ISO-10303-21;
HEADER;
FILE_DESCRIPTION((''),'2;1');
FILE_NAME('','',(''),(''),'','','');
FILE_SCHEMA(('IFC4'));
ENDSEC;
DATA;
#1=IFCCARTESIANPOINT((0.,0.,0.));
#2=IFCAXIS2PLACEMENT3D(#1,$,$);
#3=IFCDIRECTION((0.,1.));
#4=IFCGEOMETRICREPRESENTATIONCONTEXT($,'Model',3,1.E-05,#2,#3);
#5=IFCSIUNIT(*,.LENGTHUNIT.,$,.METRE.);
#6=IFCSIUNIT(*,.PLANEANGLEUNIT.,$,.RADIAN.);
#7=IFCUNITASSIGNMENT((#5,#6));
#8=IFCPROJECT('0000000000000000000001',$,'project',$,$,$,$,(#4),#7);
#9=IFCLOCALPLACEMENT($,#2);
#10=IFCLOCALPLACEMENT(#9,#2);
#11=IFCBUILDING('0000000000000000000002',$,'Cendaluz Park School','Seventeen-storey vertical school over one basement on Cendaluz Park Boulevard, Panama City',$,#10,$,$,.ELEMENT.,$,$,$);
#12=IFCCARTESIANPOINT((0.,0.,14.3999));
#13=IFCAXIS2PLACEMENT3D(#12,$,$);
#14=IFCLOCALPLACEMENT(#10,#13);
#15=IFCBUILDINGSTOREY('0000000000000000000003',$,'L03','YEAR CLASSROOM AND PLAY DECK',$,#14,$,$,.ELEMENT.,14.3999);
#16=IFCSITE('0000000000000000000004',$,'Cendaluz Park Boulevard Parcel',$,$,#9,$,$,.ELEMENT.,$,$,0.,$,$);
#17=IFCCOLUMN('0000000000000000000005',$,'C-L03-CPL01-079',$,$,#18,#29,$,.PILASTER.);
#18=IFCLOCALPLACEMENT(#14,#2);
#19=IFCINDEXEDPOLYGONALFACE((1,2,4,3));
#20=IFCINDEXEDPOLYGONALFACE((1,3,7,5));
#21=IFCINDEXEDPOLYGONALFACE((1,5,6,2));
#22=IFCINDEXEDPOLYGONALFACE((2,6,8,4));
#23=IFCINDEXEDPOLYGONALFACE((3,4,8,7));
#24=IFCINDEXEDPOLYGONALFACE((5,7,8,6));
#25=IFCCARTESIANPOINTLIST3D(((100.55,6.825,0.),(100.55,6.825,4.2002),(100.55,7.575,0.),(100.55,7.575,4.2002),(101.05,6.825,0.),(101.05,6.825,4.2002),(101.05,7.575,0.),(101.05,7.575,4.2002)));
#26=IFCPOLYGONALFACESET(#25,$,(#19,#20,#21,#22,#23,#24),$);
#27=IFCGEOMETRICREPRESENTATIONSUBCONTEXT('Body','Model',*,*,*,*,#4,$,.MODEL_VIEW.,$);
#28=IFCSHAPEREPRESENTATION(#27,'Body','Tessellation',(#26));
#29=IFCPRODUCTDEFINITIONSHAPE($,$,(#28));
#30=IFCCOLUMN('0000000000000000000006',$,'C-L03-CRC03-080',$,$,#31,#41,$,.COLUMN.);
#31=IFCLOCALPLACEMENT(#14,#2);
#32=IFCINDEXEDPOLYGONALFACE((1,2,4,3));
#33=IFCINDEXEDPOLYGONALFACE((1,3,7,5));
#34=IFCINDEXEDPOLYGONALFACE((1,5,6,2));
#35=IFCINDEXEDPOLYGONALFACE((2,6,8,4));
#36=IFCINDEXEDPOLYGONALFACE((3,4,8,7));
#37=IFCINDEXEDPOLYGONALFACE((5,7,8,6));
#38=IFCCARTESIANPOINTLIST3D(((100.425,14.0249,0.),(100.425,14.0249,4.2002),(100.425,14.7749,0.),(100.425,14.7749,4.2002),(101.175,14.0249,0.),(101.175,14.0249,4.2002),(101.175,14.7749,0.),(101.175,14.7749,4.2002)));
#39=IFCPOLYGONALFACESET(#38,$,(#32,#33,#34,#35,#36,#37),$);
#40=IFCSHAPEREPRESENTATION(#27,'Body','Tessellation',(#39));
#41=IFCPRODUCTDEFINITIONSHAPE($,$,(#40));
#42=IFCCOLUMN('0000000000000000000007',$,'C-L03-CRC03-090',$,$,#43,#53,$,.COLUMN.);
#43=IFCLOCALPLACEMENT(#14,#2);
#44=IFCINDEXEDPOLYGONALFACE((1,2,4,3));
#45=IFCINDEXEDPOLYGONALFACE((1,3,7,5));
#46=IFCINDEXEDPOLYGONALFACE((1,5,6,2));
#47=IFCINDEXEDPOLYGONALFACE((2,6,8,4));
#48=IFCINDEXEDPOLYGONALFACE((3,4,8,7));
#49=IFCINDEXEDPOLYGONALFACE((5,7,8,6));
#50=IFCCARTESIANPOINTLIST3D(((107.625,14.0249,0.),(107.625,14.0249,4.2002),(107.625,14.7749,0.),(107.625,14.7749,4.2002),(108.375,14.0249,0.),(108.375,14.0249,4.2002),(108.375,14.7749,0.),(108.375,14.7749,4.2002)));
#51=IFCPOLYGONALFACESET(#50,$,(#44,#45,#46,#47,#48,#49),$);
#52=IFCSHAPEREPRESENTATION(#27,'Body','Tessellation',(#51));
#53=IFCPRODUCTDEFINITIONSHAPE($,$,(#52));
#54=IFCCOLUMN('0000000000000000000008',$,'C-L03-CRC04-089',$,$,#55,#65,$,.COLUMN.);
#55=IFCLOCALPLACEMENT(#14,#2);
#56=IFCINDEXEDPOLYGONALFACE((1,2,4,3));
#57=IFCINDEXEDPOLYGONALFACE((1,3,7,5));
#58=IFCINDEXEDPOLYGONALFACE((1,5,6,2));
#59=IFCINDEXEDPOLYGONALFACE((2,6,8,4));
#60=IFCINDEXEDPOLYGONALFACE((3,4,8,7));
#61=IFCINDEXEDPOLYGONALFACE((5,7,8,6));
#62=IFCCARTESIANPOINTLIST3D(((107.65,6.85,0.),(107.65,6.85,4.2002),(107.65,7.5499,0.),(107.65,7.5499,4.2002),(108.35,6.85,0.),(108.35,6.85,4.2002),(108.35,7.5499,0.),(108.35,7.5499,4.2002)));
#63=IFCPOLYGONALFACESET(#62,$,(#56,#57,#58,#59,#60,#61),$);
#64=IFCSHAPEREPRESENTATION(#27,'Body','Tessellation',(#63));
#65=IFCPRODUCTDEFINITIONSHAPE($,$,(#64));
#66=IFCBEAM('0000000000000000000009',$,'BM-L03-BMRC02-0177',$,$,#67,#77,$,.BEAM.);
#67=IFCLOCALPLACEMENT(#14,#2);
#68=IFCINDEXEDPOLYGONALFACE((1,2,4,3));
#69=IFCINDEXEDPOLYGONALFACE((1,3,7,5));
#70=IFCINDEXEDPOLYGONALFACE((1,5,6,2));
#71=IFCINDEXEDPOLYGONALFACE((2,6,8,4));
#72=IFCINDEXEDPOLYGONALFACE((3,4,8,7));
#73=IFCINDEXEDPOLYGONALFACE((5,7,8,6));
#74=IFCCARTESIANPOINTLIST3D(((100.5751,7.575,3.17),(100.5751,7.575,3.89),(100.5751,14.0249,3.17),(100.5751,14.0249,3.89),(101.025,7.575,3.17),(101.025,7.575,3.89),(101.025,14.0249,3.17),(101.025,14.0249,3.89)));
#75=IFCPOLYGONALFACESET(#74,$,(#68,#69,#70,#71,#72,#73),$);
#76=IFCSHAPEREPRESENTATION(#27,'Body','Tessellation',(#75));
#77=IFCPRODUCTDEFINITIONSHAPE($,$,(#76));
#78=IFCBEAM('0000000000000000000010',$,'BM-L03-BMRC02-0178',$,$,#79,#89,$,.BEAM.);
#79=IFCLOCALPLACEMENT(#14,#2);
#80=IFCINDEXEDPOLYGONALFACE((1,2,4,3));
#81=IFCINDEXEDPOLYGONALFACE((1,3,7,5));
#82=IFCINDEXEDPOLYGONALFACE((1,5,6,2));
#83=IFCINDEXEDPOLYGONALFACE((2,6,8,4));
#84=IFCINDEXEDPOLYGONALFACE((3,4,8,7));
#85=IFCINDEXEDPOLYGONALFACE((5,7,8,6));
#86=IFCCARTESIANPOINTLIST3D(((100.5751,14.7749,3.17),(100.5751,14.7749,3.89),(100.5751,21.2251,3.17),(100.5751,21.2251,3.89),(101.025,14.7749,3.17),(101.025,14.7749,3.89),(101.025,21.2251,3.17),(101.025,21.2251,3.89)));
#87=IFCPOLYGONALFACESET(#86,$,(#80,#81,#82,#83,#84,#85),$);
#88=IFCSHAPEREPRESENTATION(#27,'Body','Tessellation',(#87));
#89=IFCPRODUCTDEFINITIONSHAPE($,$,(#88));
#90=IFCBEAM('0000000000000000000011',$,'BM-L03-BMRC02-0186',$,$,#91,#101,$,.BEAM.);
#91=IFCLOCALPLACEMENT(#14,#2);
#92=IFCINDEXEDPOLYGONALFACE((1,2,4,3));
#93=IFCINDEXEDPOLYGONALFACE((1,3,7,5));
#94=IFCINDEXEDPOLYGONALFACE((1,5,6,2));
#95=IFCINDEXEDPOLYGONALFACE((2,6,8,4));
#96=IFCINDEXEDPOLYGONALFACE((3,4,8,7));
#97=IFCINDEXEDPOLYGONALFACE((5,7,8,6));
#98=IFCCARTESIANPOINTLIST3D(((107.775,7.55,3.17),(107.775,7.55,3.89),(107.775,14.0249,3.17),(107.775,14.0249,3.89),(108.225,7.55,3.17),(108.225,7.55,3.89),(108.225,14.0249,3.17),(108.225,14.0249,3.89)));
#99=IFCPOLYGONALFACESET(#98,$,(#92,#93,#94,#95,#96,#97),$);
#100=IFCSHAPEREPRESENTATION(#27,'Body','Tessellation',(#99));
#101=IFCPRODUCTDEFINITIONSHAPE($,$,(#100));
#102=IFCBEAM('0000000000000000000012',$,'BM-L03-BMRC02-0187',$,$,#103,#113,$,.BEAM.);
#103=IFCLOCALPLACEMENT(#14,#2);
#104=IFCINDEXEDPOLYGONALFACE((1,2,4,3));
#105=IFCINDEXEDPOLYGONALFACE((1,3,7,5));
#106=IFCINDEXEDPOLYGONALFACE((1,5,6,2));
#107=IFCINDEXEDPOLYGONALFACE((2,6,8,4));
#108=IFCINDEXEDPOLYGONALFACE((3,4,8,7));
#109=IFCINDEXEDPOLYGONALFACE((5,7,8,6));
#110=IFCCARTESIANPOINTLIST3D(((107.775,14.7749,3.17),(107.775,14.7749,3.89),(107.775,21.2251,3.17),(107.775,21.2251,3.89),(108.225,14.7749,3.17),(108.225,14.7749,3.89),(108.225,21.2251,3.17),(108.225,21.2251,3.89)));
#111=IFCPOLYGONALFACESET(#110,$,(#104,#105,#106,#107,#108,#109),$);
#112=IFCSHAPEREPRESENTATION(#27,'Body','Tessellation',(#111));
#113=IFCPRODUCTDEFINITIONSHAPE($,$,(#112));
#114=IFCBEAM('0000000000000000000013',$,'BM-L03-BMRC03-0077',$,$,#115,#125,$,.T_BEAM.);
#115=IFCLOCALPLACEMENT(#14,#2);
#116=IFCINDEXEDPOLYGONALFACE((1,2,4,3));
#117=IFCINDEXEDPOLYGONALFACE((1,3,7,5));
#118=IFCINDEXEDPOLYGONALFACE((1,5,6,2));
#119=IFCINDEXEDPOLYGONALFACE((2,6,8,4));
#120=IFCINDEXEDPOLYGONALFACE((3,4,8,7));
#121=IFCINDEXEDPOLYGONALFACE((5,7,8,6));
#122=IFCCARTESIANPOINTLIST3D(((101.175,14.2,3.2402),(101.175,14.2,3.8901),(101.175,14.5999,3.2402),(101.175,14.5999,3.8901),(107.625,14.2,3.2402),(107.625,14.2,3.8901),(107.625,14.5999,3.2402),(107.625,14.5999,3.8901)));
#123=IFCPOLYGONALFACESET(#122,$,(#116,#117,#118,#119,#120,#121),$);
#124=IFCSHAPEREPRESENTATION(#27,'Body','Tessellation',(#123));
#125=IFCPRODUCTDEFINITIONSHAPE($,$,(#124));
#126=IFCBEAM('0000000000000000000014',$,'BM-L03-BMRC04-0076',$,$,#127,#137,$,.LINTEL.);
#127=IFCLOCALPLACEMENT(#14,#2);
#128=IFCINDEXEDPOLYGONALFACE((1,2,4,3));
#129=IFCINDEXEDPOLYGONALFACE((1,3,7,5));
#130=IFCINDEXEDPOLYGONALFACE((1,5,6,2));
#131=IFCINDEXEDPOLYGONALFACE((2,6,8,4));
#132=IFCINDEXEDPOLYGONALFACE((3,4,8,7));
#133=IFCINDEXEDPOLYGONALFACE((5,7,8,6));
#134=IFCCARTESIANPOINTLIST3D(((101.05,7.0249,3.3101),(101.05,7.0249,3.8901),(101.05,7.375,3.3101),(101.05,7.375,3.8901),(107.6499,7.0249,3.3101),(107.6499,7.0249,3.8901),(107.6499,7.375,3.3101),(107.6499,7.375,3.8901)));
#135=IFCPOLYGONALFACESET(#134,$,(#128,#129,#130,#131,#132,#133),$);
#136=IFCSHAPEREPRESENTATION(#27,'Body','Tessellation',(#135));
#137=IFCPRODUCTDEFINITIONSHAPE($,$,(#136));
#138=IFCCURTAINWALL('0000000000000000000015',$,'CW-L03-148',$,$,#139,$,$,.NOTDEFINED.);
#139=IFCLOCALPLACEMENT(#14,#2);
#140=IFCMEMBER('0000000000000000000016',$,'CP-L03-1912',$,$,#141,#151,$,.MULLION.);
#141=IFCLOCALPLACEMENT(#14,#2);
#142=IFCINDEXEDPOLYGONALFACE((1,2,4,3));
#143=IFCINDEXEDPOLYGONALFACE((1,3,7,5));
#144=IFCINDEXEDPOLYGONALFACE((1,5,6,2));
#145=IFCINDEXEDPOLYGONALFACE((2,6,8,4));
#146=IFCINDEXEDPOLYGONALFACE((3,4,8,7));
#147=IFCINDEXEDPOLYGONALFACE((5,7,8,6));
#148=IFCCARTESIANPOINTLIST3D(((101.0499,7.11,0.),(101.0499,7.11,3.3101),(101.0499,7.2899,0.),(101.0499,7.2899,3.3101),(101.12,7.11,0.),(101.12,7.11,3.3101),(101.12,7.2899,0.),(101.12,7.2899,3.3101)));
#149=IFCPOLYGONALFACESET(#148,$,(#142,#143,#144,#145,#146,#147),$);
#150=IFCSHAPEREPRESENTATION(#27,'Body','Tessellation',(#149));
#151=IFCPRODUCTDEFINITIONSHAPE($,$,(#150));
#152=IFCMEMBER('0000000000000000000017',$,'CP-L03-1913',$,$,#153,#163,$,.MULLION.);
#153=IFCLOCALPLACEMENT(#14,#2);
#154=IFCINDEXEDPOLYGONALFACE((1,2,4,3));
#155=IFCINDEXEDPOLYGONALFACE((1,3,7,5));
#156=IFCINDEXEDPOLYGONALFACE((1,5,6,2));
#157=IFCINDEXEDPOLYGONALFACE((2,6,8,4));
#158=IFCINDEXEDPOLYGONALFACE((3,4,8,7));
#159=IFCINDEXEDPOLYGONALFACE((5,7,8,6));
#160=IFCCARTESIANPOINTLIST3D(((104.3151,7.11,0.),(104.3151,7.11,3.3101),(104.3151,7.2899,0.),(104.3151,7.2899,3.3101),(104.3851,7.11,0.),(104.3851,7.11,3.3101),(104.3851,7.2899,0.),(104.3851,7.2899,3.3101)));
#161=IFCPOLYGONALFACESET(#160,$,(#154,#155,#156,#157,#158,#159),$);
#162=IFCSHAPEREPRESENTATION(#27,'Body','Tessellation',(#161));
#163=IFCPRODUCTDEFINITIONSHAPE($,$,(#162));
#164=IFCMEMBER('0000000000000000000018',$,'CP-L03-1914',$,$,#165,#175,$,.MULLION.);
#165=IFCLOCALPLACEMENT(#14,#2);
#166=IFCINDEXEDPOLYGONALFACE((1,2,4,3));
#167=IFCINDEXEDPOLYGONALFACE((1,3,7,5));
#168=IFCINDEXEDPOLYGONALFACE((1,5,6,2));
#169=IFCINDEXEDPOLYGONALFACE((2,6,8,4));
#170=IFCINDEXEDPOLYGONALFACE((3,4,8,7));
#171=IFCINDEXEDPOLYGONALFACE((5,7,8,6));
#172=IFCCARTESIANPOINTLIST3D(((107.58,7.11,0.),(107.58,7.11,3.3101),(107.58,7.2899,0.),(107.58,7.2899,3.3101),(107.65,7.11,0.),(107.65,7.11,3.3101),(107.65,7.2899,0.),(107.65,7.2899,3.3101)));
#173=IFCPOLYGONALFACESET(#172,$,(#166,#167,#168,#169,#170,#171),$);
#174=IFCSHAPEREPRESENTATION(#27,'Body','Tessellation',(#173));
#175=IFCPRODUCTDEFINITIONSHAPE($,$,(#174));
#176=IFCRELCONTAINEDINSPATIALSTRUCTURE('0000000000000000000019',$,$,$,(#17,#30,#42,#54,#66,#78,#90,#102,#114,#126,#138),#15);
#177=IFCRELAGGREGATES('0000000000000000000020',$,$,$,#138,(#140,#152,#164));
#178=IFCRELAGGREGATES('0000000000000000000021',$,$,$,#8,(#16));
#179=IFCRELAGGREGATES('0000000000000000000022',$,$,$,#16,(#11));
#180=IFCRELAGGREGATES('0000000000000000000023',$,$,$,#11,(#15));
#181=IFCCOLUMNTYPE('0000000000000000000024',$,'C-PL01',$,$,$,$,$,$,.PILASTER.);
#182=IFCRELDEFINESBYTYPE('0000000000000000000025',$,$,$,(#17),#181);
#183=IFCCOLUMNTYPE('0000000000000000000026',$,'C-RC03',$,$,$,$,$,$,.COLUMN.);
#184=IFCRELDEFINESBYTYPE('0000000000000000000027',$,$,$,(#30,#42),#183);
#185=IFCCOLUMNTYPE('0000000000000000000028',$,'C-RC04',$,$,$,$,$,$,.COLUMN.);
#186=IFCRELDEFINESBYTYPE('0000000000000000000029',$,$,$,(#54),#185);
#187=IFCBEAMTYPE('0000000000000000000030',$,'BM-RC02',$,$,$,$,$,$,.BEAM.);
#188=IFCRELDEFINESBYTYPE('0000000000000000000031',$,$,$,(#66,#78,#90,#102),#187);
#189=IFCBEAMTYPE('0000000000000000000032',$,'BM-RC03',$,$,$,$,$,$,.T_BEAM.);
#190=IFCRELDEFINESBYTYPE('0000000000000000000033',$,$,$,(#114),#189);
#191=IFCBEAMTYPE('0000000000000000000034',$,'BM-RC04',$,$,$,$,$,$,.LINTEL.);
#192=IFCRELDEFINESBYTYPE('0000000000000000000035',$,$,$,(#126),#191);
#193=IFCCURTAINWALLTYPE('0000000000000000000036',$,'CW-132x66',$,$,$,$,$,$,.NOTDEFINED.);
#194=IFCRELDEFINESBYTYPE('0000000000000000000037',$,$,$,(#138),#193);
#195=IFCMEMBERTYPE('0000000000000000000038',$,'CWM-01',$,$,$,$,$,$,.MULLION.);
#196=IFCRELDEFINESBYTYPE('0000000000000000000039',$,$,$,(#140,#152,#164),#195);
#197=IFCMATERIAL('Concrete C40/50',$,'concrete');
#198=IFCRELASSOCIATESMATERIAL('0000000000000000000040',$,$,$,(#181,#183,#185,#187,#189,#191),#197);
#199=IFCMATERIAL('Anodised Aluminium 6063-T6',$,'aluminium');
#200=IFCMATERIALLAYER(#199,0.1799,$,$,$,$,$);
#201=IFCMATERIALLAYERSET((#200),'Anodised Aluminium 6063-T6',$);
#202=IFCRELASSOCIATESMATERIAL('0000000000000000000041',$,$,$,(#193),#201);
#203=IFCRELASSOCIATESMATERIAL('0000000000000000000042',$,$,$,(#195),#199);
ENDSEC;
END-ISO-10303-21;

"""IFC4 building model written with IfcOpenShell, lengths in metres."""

from ifc_helpers import new_model, si_unit, direction, frame, origin, origin_2d, place, context, subcontext, project, spatial, rectangle, extrude, material, layer, layer_set, material_profile, profile_set, type_object, element, aggregate, save


model = new_model("IFC4")

# Units and contexts
model_context = context("Model", 3, precision=1e-05, world=origin(), true_north=direction((0.0, 1.0)))
body_context = subcontext(model_context, "Body", "Model", "MODEL_VIEW")
ifc_project = project(units=[si_unit("LENGTHUNIT", "METRE"), si_unit("PLANEANGLEUNIT", "RADIAN")], contexts=[model_context])

# Site, building, storey
site_placement = place(None, origin())
site = spatial("IfcSite", under=ifc_project, at=site_placement, Name="Cendaluz Park Boulevard Parcel", CompositionType="ELEMENT", RefElevation=0.0)
building_placement = place(site_placement, origin())
building = spatial("IfcBuilding", under=site, at=building_placement, Name="Cendaluz Park School", Description="Seventeen-storey vertical school over one basement on Cendaluz Park Boulevard, Panama City", CompositionType="ELEMENT")
storey_placement = place(building_placement, frame((0.0, 0.0, 14.3999)))
storey = spatial("IfcBuildingStorey", under=building, at=storey_placement, Name="L03", Description="YEAR CLASSROOM AND PLAY DECK", CompositionType="ELEMENT", Elevation=14.3999)

# Columns
ifc_material_1 = material(Name="Concrete C40/50", Category="concrete")
ifc_material_profile_1 = material_profile(ifc_material_1, rectangle(XDim=0.5, YDim=0.75, at=origin_2d()), Name="RC 500x750", Category="concrete")
ifc_profile_set_1 = profile_set([ifc_material_profile_1], Name="Concrete C40/50")
column_type_1 = type_object("IfcColumnType", Name="C-PL01", PredefinedType="PILASTER", material=ifc_profile_set_1)
column_1_placement = place(storey_placement, frame((100.8, 7.2, 0.0), z_axis=(0.0, 0.0, 1.0), x_axis=(1.0, 0.0, 0.0)))
element("IfcColumn", 1, at=column_1_placement, inside=storey, type_object=column_type_1, Name="C-L03-CPL01-079", PredefinedType="PILASTER", context=body_context, shape_type="SweptSolid", body=[
    extrude(rectangle(XDim=0.5, YDim=0.75, at=origin_2d()), origin(), (0.0, 0.0, 1.0), 4.2002),
])
ifc_material_profile_2 = material_profile(ifc_material_1, rectangle(XDim=0.75, YDim=0.75, at=origin_2d()), Name="RC 750x750", Category="concrete")
ifc_profile_set_2 = profile_set([ifc_material_profile_2], Name="Concrete C40/50")
column_type_2 = type_object("IfcColumnType", Name="C-RC03", PredefinedType="COLUMN", material=ifc_profile_set_2)
for number, where, z_axis, x_axis, name in (
    (2, (100.8, 14.3999, 0.0), (0.0, 0.0, 1.0), (1.0, 0.0, 0.0), "C-L03-CRC03-080"),
    (3, (108.0, 14.3999, 0.0), (0.0, 0.0, 1.0), (1.0, 0.0, 0.0), "C-L03-CRC03-090"),
):
    element("IfcColumn", number, at=place(storey_placement, frame(where, z_axis=z_axis, x_axis=x_axis)), inside=storey, type_object=column_type_2, Name=name, PredefinedType="COLUMN", context=body_context, shape_type="SweptSolid", body=[
        extrude(rectangle(XDim=0.75, YDim=0.75, at=origin_2d()), origin(), (0.0, 0.0, 1.0), 4.2002),
    ])
ifc_material_profile_3 = material_profile(ifc_material_1, rectangle(XDim=0.7, YDim=0.7, at=origin_2d()), Name="RC 700x700", Category="concrete")
ifc_profile_set_3 = profile_set([ifc_material_profile_3], Name="Concrete C40/50")
column_type_3 = type_object("IfcColumnType", Name="C-RC04", PredefinedType="COLUMN", material=ifc_profile_set_3)
column_2_placement = place(storey_placement, frame((108.0, 7.2, 0.0), z_axis=(0.0, 0.0, 1.0), x_axis=(1.0, 0.0, 0.0)))
element("IfcColumn", 4, at=column_2_placement, inside=storey, type_object=column_type_3, Name="C-L03-CRC04-089", PredefinedType="COLUMN", context=body_context, shape_type="SweptSolid", body=[
    extrude(rectangle(XDim=0.7, YDim=0.7, at=origin_2d()), origin(), (0.0, 0.0, 1.0), 4.2002),
])

# Beams
ifc_material_profile_4 = material_profile(ifc_material_1, rectangle(XDim=0.45, YDim=0.72, at=origin_2d()), Name="RC 450x720", Category="concrete")
ifc_profile_set_4 = profile_set([ifc_material_profile_4], Name="Concrete C40/50")
beam_type_1 = type_object("IfcBeamType", Name="BM-RC02", PredefinedType="BEAM", material=ifc_profile_set_4)
beam_1_placement = place(storey_placement, frame((100.8, 7.575, 3.53), z_axis=(0.0, 1.0, 0.0), x_axis=(-1.0, 0.0, 0.0)))
element("IfcBeam", 5, at=beam_1_placement, inside=storey, type_object=beam_type_1, Name="BM-L03-BMRC02-0177", PredefinedType="BEAM", context=body_context, shape_type="SweptSolid", body=[
    extrude(rectangle(XDim=0.45, YDim=0.72, at=origin_2d()), origin(), (0.0, 0.0, 1.0), 6.45),
])
beam_2_placement = place(storey_placement, frame((100.8, 14.7749, 3.53), z_axis=(0.0, 1.0, 0.0), x_axis=(-1.0, 0.0, 0.0)))
element("IfcBeam", 6, at=beam_2_placement, inside=storey, type_object=beam_type_1, Name="BM-L03-BMRC02-0178", PredefinedType="BEAM", context=body_context, shape_type="SweptSolid", body=[
    extrude(rectangle(XDim=0.45, YDim=0.72, at=origin_2d()), origin(), (0.0, 0.0, 1.0), 6.4502),
])
beam_3_placement = place(storey_placement, frame((108.0, 7.55, 3.53), z_axis=(0.0, 1.0, 0.0), x_axis=(-1.0, 0.0, 0.0)))
element("IfcBeam", 7, at=beam_3_placement, inside=storey, type_object=beam_type_1, Name="BM-L03-BMRC02-0186", PredefinedType="BEAM", context=body_context, shape_type="SweptSolid", body=[
    extrude(rectangle(XDim=0.45, YDim=0.72, at=origin_2d()), origin(), (0.0, 0.0, 1.0), 6.4749),
])
beam_4_placement = place(storey_placement, frame((108.0, 14.7749, 3.53), z_axis=(0.0, 1.0, 0.0), x_axis=(-1.0, 0.0, 0.0)))
element("IfcBeam", 8, at=beam_4_placement, inside=storey, type_object=beam_type_1, Name="BM-L03-BMRC02-0187", PredefinedType="BEAM", context=body_context, shape_type="SweptSolid", body=[
    extrude(rectangle(XDim=0.45, YDim=0.72, at=origin_2d()), origin(), (0.0, 0.0, 1.0), 6.4502),
])
ifc_material_profile_5 = material_profile(ifc_material_1, rectangle(XDim=0.3999, YDim=0.6499, at=origin_2d()), Name="RC 400x650", Category="concrete")
ifc_profile_set_5 = profile_set([ifc_material_profile_5], Name="Concrete C40/50")
beam_type_2 = type_object("IfcBeamType", Name="BM-RC03", PredefinedType="T_BEAM", material=ifc_profile_set_5)
beam_5_placement = place(storey_placement, frame((101.175, 14.3999, 3.5652), z_axis=(1.0, 0.0, 0.0), x_axis=(0.0, 1.0, 0.0)))
element("IfcBeam", 9, at=beam_5_placement, inside=storey, type_object=beam_type_2, Name="BM-L03-BMRC03-0077", PredefinedType="T_BEAM", context=body_context, shape_type="SweptSolid", body=[
    extrude(rectangle(XDim=0.3999, YDim=0.6499, at=origin_2d()), origin(), (0.0, 0.0, 1.0), 6.45),
])
ifc_material_profile_6 = material_profile(ifc_material_1, rectangle(XDim=0.3501, YDim=0.5801, at=origin_2d()), Name="RC 350x580", Category="concrete")
ifc_profile_set_6 = profile_set([ifc_material_profile_6], Name="Concrete C40/50")
beam_type_3 = type_object("IfcBeamType", Name="BM-RC04", PredefinedType="LINTEL", material=ifc_profile_set_6)
beam_6_placement = place(storey_placement, frame((101.05, 7.2, 3.6001), z_axis=(1.0, 0.0, 0.0), x_axis=(0.0, 1.0, 0.0)))
element("IfcBeam", 10, at=beam_6_placement, inside=storey, type_object=beam_type_3, Name="BM-L03-BMRC04-0076", PredefinedType="LINTEL", context=body_context, shape_type="SweptSolid", body=[
    extrude(rectangle(XDim=0.3501, YDim=0.5801, at=origin_2d()), origin(), (0.0, 0.0, 1.0), 6.5999),
])

# Curtain wall, members
ifc_material_2 = material(Name="Anodised Aluminium 6063-T6", Category="aluminium")
ifc_layer_1 = layer(ifc_material_2, 0.1799)
ifc_layer_set_1 = layer_set([ifc_layer_1], Name="Anodised Aluminium 6063-T6")
curtain_wall_type = type_object("IfcCurtainWallType", Name="CW-132x66", PredefinedType="NOTDEFINED", material=ifc_layer_set_1)
curtain_wall_placement = place(storey_placement, origin())
curtain_wall = element("IfcCurtainWall", 11, at=curtain_wall_placement, inside=storey, type_object=curtain_wall_type, Name="CW-L03-148", PredefinedType="NOTDEFINED")
ifc_material_profile_7 = material_profile(ifc_material_2, rectangle(XDim=0.1799, YDim=0.0701, at=origin_2d()), Name="CWM 180x70", Category="aluminium")
ifc_profile_set_7 = profile_set([ifc_material_profile_7], Name="Anodised Aluminium 6063-T6")
member_type_1 = type_object("IfcMemberType", Name="CWM-01", PredefinedType="MULLION", material=ifc_profile_set_7)
member_1_placement = place(storey_placement, frame((101.085, 7.2, 0.0), z_axis=(0.0, 0.0, 1.0), x_axis=(0.0, 1.0, 0.0)))
member_1 = element("IfcMember", 12, at=member_1_placement, type_object=member_type_1, Name="CP-L03-1912", PredefinedType="MULLION", context=body_context, shape_type="SweptSolid", body=[
    extrude(rectangle(XDim=0.1799, YDim=0.0701, at=origin_2d()), origin(), (0.0, 0.0, 1.0), 3.3101),
])
member_2_placement = place(storey_placement, frame((104.3501, 7.2, 0.0), z_axis=(0.0, 0.0, 1.0), x_axis=(0.0, 1.0, 0.0)))
member_2 = element("IfcMember", 13, at=member_2_placement, type_object=member_type_1, Name="CP-L03-1913", PredefinedType="MULLION", context=body_context, shape_type="SweptSolid", body=[
    extrude(rectangle(XDim=0.1799, YDim=0.0701, at=origin_2d()), origin(), (0.0, 0.0, 1.0), 3.3101),
])
member_3_placement = place(storey_placement, frame((107.615, 7.2, 0.0), z_axis=(0.0, 0.0, 1.0), x_axis=(0.0, 1.0, 0.0)))
member_3 = element("IfcMember", 14, at=member_3_placement, type_object=member_type_1, Name="CP-L03-1914", PredefinedType="MULLION", context=body_context, shape_type="SweptSolid", body=[
    extrude(rectangle(XDim=0.1799, YDim=0.0701, at=origin_2d()), origin(), (0.0, 0.0, 1.0), 3.3101),
])

aggregate(curtain_wall, [member_1, member_2, member_3])

save(model, "model.ifc")
